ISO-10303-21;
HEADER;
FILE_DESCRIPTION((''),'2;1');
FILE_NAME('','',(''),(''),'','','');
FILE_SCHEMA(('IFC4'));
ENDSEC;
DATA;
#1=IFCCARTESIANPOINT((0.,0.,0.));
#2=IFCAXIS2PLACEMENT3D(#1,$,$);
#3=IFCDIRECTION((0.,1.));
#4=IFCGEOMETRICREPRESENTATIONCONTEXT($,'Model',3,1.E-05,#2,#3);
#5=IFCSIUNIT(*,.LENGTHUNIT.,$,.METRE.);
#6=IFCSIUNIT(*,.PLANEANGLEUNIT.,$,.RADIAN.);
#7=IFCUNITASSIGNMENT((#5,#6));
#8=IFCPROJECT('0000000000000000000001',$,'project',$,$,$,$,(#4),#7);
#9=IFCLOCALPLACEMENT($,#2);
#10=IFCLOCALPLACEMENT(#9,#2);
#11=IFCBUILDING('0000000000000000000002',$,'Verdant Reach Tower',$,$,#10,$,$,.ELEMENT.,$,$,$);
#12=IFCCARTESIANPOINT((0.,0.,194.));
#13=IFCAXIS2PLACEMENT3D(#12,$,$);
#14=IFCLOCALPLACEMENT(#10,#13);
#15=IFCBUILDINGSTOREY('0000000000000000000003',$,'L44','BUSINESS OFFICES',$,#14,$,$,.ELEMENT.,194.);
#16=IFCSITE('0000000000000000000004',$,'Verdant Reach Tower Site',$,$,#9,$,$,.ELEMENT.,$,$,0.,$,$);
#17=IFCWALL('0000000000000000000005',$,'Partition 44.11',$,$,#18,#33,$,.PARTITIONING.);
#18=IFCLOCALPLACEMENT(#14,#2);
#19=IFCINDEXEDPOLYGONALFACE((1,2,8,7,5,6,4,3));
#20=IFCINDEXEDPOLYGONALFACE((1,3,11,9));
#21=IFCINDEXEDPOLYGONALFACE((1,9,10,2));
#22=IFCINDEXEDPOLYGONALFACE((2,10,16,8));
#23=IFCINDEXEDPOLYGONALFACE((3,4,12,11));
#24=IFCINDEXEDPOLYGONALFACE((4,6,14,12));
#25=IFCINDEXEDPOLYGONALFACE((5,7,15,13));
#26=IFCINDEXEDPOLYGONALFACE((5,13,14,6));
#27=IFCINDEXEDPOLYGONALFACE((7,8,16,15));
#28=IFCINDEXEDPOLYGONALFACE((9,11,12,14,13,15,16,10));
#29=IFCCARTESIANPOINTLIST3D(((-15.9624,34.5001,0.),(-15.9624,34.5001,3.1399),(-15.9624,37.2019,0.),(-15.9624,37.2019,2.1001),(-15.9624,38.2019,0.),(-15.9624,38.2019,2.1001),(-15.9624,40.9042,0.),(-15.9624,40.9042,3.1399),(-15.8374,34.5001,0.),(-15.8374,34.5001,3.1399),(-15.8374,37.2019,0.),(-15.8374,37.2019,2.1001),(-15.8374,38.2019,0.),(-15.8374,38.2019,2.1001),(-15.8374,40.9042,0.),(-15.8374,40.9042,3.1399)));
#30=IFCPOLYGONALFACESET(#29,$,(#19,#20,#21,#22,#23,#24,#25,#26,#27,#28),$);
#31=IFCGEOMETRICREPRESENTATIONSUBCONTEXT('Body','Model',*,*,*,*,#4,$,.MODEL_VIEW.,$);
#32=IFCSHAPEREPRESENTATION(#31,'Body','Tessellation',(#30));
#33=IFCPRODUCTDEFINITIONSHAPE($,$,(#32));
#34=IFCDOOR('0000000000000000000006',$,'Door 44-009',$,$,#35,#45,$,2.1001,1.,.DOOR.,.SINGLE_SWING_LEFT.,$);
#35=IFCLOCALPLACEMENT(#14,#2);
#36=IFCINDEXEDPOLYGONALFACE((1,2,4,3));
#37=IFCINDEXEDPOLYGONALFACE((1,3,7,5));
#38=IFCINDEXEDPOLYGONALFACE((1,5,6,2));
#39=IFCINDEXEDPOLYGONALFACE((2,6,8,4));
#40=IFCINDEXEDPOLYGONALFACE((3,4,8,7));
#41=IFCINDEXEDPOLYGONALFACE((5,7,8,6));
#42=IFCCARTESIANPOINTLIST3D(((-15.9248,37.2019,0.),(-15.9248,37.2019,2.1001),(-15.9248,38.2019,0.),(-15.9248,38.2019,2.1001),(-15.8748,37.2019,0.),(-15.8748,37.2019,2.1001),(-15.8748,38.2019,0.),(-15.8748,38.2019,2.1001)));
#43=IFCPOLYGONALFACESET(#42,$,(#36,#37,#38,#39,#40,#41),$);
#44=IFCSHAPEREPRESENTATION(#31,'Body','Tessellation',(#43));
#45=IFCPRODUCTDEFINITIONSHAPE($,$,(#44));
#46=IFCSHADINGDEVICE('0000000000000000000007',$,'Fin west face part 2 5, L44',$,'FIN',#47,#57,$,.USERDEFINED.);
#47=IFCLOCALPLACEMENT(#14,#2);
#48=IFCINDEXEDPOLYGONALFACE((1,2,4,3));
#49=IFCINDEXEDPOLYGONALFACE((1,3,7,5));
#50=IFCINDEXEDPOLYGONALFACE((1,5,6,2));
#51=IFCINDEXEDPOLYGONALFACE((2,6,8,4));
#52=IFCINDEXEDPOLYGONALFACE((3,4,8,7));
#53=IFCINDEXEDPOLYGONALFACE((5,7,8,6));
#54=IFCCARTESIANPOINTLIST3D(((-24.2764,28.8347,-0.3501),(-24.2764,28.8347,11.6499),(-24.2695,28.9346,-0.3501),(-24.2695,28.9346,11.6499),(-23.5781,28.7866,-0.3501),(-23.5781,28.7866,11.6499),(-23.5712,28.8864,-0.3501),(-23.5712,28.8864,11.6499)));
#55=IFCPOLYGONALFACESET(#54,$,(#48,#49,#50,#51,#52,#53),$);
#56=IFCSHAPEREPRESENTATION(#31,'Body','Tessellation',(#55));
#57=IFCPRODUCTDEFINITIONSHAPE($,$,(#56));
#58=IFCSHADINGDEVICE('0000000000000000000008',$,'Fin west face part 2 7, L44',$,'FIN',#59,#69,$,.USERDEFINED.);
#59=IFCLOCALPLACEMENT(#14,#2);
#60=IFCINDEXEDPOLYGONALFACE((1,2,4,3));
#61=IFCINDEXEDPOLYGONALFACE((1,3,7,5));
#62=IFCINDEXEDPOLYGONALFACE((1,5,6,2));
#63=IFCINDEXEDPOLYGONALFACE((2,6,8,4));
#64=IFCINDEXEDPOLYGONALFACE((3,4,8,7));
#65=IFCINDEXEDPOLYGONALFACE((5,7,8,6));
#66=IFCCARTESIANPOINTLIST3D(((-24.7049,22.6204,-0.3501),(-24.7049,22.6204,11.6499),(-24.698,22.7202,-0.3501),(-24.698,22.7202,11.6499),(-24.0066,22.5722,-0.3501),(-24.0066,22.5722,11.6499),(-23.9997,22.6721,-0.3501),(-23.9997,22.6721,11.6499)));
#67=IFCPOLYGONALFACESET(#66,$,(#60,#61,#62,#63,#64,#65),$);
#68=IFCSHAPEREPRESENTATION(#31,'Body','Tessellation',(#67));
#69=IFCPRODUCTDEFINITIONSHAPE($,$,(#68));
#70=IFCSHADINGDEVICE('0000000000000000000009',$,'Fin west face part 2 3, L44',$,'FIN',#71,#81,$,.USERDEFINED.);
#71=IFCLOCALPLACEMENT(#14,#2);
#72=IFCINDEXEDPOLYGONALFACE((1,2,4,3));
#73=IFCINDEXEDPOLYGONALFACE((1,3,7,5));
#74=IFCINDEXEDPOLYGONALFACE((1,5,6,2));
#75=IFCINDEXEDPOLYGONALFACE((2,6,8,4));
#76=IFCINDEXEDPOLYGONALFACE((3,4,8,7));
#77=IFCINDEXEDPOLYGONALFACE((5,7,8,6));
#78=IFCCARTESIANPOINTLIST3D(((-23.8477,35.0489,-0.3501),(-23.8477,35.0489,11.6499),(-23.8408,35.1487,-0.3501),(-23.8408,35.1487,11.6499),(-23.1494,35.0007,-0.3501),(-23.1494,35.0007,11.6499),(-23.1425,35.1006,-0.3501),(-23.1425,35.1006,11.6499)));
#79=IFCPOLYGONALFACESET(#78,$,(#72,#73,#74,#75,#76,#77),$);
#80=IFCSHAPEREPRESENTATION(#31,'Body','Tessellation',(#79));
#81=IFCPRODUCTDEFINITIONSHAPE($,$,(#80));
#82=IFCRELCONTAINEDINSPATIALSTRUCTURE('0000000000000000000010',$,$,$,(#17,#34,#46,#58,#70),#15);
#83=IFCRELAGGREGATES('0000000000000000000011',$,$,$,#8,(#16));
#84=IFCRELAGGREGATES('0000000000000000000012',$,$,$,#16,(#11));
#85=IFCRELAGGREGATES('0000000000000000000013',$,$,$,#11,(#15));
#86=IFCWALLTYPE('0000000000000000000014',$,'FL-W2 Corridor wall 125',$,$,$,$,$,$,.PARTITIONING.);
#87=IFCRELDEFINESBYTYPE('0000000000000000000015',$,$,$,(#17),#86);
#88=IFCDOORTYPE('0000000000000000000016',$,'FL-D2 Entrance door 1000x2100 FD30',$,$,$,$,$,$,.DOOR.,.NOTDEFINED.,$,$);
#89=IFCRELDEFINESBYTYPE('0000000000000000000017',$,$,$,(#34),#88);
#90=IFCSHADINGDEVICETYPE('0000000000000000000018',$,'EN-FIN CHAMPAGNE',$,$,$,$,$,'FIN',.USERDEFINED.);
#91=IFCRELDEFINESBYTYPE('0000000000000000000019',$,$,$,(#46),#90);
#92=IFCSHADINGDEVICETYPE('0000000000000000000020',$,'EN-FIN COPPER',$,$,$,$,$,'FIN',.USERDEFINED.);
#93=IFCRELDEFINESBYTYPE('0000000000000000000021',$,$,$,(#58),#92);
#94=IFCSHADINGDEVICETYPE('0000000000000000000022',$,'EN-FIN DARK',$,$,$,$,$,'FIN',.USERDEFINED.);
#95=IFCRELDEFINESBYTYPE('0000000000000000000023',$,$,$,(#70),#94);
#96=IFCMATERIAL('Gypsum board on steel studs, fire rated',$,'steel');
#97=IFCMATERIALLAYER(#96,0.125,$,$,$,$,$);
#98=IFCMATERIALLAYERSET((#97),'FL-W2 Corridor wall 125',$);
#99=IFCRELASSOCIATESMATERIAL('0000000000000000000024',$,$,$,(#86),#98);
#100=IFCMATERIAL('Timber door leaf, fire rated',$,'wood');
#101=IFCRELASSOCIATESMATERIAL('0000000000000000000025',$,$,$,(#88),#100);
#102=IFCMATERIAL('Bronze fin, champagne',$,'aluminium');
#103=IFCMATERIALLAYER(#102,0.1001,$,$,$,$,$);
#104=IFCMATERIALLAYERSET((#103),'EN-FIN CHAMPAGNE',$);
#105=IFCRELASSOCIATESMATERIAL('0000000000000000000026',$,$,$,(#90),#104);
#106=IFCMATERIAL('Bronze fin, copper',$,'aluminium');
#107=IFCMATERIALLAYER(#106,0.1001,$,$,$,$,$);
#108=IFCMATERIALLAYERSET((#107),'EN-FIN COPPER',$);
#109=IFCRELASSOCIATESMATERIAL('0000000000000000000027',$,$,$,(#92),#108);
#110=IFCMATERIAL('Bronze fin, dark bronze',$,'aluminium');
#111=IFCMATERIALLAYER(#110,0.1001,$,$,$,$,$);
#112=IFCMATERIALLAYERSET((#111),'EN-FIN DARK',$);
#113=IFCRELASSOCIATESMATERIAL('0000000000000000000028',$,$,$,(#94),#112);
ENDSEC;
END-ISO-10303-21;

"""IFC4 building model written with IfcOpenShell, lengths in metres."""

from ifc_helpers import new_model, si_unit, direction, frame, frame_2d, origin, origin_2d, place, context, subcontext, project, spatial, rectangle, extrude, material, layer, layer_set, type_object, element, fill, save


model = new_model("IFC4")

# Units and contexts
model_context = context("Model", 3, precision=1e-05, world=origin(), true_north=direction((0.0, 1.0)))
body_context = subcontext(model_context, "Body", "Model", "MODEL_VIEW")
ifc_project = project(units=[si_unit("LENGTHUNIT", "METRE"), si_unit("PLANEANGLEUNIT", "RADIAN")], contexts=[model_context])

# Site, building, storey
site_placement = place(None, origin())
site = spatial("IfcSite", under=ifc_project, at=site_placement, Name="Verdant Reach Tower Site", CompositionType="ELEMENT", RefElevation=0.0)
building_placement = place(site_placement, origin())
building = spatial("IfcBuilding", under=site, at=building_placement, Name="Verdant Reach Tower", CompositionType="ELEMENT")
storey_placement = place(building_placement, frame((0.0, 0.0, 194.0)))
storey = spatial("IfcBuildingStorey", under=building, at=storey_placement, Name="L44", Description="BUSINESS OFFICES", CompositionType="ELEMENT", Elevation=194.0)

# Wall, opening, door
ifc_material_1 = material(Name="Gypsum board on steel studs, fire rated", Category="steel")
ifc_layer_1 = layer(ifc_material_1, 0.125)
ifc_layer_set_1 = layer_set([ifc_layer_1], Name="FL-W2 Corridor wall 125")
wall_type_1 = type_object("IfcWallType", Name="FL-W2 Corridor wall 125", PredefinedType="PARTITIONING", material=ifc_layer_set_1)
wall_1_placement = place(storey_placement, frame((-15.8999, 34.5, 0.0), z_axis=(0.0, 0.0, 1.0), x_axis=(0.0, 1.0, 0.0)))
wall_1 = element("IfcWall", 1, at=wall_1_placement, inside=storey, type_object=wall_type_1, Name="Partition 44.11", PredefinedType="PARTITIONING", context=body_context, shape_type="SweptSolid", body=[
    extrude(rectangle(XDim=6.4041, YDim=0.125, at=frame_2d((3.2021, 0.0))), origin(), (0.0, 0.0, 1.0), 3.1399),
])
opening_1_placement = place(wall_1_placement, frame((2.7019, 0.0, 0.0)))
opening_1 = element("IfcOpeningElement", 2, at=opening_1_placement, cuts=wall_1, PredefinedType="OPENING", context=body_context, shape_type="SweptSolid", body=[
    extrude(rectangle(XDim=1.0, YDim=2.1001, at=frame_2d((0.5, 1.05))), frame((0.0, 0.0725, 0.0), z_axis=(0.0, -1.0, 0.0), x_axis=(1.0, 0.0, 0.0)), (0.0, 0.0, 1.0), 0.145),
])
ifc_material_2 = material(Name="Timber door leaf, fire rated", Category="wood")
door_type_1 = type_object("IfcDoorType", Name="FL-D2 Entrance door 1000x2100 FD30", OperationType="NOTDEFINED", PredefinedType="DOOR", material=ifc_material_2)
door_1_placement = place(opening_1_placement, origin())
door_1 = element("IfcDoor", 3, at=door_1_placement, inside=storey, type_object=door_type_1, Name="Door 44-009", OperationType="SINGLE_SWING_LEFT", OverallHeight=2.1001, OverallWidth=1.0, PredefinedType="DOOR", context=body_context, shape_type="SweptSolid", body=[
    extrude(rectangle(XDim=1.0, YDim=2.1001, at=frame_2d((0.5, 1.05))), frame((0.0, 0.0249, 0.0), z_axis=(0.0, -1.0, 0.0), x_axis=(1.0, 0.0, 0.0)), (0.0, 0.0, 1.0), 0.05),
])
fill(opening_1, door_1)

# Shading devices
ifc_material_3 = material(Name="Bronze fin, champagne", Category="aluminium")
ifc_layer_2 = layer(ifc_material_3, 0.1001)
ifc_layer_set_2 = layer_set([ifc_layer_2], Name="EN-FIN CHAMPAGNE")
shading_device_type_1 = type_object("IfcShadingDeviceType", Name="EN-FIN CHAMPAGNE", ElementType="FIN", PredefinedType="USERDEFINED", material=ifc_layer_set_2)
shading_device_1_placement = place(storey_placement, frame((-23.9238, 28.8606, -0.3501), z_axis=(0.0, 0.0, 1.0), x_axis=(-0.068802, -0.99763, 0.0)))
element("IfcShadingDevice", 4, at=shading_device_1_placement, inside=storey, type_object=shading_device_type_1, Name="Fin west face part 2 5, L44", ObjectType="FIN", PredefinedType="USERDEFINED", context=body_context, shape_type="SweptSolid", body=[
    extrude(rectangle(XDim=0.1001, YDim=0.7, at=origin_2d()), origin(), (0.0, 0.0, 1.0), 12.0),
])
ifc_material_4 = material(Name="Bronze fin, copper", Category="aluminium")
ifc_layer_3 = layer(ifc_material_4, 0.1001)
ifc_layer_set_3 = layer_set([ifc_layer_3], Name="EN-FIN COPPER")
shading_device_type_2 = type_object("IfcShadingDeviceType", Name="EN-FIN COPPER", ElementType="FIN", PredefinedType="USERDEFINED", material=ifc_layer_set_3)
shading_device_2_placement = place(storey_placement, frame((-24.3523, 22.6462, -0.3501), z_axis=(0.0, 0.0, 1.0), x_axis=(-0.068802, -0.99763, 0.0)))
element("IfcShadingDevice", 5, at=shading_device_2_placement, inside=storey, type_object=shading_device_type_2, Name="Fin west face part 2 7, L44", ObjectType="FIN", PredefinedType="USERDEFINED", context=body_context, shape_type="SweptSolid", body=[
    extrude(rectangle(XDim=0.1001, YDim=0.7, at=origin_2d()), origin(), (0.0, 0.0, 1.0), 12.0),
])
ifc_material_5 = material(Name="Bronze fin, dark bronze", Category="aluminium")
ifc_layer_4 = layer(ifc_material_5, 0.1001)
ifc_layer_set_4 = layer_set([ifc_layer_4], Name="EN-FIN DARK")
shading_device_type_3 = type_object("IfcShadingDeviceType", Name="EN-FIN DARK", ElementType="FIN", PredefinedType="USERDEFINED", material=ifc_layer_set_4)
shading_device_3_placement = place(storey_placement, frame((-23.4951, 35.0747, -0.3501), z_axis=(0.0, 0.0, 1.0), x_axis=(-0.068802, -0.99763, 0.0)))
element("IfcShadingDevice", 6, at=shading_device_3_placement, inside=storey, type_object=shading_device_type_3, Name="Fin west face part 2 3, L44", ObjectType="FIN", PredefinedType="USERDEFINED", context=body_context, shape_type="SweptSolid", body=[
    extrude(rectangle(XDim=0.1001, YDim=0.7, at=origin_2d()), origin(), (0.0, 0.0, 1.0), 12.0),
])

save(model, "model.ifc")
